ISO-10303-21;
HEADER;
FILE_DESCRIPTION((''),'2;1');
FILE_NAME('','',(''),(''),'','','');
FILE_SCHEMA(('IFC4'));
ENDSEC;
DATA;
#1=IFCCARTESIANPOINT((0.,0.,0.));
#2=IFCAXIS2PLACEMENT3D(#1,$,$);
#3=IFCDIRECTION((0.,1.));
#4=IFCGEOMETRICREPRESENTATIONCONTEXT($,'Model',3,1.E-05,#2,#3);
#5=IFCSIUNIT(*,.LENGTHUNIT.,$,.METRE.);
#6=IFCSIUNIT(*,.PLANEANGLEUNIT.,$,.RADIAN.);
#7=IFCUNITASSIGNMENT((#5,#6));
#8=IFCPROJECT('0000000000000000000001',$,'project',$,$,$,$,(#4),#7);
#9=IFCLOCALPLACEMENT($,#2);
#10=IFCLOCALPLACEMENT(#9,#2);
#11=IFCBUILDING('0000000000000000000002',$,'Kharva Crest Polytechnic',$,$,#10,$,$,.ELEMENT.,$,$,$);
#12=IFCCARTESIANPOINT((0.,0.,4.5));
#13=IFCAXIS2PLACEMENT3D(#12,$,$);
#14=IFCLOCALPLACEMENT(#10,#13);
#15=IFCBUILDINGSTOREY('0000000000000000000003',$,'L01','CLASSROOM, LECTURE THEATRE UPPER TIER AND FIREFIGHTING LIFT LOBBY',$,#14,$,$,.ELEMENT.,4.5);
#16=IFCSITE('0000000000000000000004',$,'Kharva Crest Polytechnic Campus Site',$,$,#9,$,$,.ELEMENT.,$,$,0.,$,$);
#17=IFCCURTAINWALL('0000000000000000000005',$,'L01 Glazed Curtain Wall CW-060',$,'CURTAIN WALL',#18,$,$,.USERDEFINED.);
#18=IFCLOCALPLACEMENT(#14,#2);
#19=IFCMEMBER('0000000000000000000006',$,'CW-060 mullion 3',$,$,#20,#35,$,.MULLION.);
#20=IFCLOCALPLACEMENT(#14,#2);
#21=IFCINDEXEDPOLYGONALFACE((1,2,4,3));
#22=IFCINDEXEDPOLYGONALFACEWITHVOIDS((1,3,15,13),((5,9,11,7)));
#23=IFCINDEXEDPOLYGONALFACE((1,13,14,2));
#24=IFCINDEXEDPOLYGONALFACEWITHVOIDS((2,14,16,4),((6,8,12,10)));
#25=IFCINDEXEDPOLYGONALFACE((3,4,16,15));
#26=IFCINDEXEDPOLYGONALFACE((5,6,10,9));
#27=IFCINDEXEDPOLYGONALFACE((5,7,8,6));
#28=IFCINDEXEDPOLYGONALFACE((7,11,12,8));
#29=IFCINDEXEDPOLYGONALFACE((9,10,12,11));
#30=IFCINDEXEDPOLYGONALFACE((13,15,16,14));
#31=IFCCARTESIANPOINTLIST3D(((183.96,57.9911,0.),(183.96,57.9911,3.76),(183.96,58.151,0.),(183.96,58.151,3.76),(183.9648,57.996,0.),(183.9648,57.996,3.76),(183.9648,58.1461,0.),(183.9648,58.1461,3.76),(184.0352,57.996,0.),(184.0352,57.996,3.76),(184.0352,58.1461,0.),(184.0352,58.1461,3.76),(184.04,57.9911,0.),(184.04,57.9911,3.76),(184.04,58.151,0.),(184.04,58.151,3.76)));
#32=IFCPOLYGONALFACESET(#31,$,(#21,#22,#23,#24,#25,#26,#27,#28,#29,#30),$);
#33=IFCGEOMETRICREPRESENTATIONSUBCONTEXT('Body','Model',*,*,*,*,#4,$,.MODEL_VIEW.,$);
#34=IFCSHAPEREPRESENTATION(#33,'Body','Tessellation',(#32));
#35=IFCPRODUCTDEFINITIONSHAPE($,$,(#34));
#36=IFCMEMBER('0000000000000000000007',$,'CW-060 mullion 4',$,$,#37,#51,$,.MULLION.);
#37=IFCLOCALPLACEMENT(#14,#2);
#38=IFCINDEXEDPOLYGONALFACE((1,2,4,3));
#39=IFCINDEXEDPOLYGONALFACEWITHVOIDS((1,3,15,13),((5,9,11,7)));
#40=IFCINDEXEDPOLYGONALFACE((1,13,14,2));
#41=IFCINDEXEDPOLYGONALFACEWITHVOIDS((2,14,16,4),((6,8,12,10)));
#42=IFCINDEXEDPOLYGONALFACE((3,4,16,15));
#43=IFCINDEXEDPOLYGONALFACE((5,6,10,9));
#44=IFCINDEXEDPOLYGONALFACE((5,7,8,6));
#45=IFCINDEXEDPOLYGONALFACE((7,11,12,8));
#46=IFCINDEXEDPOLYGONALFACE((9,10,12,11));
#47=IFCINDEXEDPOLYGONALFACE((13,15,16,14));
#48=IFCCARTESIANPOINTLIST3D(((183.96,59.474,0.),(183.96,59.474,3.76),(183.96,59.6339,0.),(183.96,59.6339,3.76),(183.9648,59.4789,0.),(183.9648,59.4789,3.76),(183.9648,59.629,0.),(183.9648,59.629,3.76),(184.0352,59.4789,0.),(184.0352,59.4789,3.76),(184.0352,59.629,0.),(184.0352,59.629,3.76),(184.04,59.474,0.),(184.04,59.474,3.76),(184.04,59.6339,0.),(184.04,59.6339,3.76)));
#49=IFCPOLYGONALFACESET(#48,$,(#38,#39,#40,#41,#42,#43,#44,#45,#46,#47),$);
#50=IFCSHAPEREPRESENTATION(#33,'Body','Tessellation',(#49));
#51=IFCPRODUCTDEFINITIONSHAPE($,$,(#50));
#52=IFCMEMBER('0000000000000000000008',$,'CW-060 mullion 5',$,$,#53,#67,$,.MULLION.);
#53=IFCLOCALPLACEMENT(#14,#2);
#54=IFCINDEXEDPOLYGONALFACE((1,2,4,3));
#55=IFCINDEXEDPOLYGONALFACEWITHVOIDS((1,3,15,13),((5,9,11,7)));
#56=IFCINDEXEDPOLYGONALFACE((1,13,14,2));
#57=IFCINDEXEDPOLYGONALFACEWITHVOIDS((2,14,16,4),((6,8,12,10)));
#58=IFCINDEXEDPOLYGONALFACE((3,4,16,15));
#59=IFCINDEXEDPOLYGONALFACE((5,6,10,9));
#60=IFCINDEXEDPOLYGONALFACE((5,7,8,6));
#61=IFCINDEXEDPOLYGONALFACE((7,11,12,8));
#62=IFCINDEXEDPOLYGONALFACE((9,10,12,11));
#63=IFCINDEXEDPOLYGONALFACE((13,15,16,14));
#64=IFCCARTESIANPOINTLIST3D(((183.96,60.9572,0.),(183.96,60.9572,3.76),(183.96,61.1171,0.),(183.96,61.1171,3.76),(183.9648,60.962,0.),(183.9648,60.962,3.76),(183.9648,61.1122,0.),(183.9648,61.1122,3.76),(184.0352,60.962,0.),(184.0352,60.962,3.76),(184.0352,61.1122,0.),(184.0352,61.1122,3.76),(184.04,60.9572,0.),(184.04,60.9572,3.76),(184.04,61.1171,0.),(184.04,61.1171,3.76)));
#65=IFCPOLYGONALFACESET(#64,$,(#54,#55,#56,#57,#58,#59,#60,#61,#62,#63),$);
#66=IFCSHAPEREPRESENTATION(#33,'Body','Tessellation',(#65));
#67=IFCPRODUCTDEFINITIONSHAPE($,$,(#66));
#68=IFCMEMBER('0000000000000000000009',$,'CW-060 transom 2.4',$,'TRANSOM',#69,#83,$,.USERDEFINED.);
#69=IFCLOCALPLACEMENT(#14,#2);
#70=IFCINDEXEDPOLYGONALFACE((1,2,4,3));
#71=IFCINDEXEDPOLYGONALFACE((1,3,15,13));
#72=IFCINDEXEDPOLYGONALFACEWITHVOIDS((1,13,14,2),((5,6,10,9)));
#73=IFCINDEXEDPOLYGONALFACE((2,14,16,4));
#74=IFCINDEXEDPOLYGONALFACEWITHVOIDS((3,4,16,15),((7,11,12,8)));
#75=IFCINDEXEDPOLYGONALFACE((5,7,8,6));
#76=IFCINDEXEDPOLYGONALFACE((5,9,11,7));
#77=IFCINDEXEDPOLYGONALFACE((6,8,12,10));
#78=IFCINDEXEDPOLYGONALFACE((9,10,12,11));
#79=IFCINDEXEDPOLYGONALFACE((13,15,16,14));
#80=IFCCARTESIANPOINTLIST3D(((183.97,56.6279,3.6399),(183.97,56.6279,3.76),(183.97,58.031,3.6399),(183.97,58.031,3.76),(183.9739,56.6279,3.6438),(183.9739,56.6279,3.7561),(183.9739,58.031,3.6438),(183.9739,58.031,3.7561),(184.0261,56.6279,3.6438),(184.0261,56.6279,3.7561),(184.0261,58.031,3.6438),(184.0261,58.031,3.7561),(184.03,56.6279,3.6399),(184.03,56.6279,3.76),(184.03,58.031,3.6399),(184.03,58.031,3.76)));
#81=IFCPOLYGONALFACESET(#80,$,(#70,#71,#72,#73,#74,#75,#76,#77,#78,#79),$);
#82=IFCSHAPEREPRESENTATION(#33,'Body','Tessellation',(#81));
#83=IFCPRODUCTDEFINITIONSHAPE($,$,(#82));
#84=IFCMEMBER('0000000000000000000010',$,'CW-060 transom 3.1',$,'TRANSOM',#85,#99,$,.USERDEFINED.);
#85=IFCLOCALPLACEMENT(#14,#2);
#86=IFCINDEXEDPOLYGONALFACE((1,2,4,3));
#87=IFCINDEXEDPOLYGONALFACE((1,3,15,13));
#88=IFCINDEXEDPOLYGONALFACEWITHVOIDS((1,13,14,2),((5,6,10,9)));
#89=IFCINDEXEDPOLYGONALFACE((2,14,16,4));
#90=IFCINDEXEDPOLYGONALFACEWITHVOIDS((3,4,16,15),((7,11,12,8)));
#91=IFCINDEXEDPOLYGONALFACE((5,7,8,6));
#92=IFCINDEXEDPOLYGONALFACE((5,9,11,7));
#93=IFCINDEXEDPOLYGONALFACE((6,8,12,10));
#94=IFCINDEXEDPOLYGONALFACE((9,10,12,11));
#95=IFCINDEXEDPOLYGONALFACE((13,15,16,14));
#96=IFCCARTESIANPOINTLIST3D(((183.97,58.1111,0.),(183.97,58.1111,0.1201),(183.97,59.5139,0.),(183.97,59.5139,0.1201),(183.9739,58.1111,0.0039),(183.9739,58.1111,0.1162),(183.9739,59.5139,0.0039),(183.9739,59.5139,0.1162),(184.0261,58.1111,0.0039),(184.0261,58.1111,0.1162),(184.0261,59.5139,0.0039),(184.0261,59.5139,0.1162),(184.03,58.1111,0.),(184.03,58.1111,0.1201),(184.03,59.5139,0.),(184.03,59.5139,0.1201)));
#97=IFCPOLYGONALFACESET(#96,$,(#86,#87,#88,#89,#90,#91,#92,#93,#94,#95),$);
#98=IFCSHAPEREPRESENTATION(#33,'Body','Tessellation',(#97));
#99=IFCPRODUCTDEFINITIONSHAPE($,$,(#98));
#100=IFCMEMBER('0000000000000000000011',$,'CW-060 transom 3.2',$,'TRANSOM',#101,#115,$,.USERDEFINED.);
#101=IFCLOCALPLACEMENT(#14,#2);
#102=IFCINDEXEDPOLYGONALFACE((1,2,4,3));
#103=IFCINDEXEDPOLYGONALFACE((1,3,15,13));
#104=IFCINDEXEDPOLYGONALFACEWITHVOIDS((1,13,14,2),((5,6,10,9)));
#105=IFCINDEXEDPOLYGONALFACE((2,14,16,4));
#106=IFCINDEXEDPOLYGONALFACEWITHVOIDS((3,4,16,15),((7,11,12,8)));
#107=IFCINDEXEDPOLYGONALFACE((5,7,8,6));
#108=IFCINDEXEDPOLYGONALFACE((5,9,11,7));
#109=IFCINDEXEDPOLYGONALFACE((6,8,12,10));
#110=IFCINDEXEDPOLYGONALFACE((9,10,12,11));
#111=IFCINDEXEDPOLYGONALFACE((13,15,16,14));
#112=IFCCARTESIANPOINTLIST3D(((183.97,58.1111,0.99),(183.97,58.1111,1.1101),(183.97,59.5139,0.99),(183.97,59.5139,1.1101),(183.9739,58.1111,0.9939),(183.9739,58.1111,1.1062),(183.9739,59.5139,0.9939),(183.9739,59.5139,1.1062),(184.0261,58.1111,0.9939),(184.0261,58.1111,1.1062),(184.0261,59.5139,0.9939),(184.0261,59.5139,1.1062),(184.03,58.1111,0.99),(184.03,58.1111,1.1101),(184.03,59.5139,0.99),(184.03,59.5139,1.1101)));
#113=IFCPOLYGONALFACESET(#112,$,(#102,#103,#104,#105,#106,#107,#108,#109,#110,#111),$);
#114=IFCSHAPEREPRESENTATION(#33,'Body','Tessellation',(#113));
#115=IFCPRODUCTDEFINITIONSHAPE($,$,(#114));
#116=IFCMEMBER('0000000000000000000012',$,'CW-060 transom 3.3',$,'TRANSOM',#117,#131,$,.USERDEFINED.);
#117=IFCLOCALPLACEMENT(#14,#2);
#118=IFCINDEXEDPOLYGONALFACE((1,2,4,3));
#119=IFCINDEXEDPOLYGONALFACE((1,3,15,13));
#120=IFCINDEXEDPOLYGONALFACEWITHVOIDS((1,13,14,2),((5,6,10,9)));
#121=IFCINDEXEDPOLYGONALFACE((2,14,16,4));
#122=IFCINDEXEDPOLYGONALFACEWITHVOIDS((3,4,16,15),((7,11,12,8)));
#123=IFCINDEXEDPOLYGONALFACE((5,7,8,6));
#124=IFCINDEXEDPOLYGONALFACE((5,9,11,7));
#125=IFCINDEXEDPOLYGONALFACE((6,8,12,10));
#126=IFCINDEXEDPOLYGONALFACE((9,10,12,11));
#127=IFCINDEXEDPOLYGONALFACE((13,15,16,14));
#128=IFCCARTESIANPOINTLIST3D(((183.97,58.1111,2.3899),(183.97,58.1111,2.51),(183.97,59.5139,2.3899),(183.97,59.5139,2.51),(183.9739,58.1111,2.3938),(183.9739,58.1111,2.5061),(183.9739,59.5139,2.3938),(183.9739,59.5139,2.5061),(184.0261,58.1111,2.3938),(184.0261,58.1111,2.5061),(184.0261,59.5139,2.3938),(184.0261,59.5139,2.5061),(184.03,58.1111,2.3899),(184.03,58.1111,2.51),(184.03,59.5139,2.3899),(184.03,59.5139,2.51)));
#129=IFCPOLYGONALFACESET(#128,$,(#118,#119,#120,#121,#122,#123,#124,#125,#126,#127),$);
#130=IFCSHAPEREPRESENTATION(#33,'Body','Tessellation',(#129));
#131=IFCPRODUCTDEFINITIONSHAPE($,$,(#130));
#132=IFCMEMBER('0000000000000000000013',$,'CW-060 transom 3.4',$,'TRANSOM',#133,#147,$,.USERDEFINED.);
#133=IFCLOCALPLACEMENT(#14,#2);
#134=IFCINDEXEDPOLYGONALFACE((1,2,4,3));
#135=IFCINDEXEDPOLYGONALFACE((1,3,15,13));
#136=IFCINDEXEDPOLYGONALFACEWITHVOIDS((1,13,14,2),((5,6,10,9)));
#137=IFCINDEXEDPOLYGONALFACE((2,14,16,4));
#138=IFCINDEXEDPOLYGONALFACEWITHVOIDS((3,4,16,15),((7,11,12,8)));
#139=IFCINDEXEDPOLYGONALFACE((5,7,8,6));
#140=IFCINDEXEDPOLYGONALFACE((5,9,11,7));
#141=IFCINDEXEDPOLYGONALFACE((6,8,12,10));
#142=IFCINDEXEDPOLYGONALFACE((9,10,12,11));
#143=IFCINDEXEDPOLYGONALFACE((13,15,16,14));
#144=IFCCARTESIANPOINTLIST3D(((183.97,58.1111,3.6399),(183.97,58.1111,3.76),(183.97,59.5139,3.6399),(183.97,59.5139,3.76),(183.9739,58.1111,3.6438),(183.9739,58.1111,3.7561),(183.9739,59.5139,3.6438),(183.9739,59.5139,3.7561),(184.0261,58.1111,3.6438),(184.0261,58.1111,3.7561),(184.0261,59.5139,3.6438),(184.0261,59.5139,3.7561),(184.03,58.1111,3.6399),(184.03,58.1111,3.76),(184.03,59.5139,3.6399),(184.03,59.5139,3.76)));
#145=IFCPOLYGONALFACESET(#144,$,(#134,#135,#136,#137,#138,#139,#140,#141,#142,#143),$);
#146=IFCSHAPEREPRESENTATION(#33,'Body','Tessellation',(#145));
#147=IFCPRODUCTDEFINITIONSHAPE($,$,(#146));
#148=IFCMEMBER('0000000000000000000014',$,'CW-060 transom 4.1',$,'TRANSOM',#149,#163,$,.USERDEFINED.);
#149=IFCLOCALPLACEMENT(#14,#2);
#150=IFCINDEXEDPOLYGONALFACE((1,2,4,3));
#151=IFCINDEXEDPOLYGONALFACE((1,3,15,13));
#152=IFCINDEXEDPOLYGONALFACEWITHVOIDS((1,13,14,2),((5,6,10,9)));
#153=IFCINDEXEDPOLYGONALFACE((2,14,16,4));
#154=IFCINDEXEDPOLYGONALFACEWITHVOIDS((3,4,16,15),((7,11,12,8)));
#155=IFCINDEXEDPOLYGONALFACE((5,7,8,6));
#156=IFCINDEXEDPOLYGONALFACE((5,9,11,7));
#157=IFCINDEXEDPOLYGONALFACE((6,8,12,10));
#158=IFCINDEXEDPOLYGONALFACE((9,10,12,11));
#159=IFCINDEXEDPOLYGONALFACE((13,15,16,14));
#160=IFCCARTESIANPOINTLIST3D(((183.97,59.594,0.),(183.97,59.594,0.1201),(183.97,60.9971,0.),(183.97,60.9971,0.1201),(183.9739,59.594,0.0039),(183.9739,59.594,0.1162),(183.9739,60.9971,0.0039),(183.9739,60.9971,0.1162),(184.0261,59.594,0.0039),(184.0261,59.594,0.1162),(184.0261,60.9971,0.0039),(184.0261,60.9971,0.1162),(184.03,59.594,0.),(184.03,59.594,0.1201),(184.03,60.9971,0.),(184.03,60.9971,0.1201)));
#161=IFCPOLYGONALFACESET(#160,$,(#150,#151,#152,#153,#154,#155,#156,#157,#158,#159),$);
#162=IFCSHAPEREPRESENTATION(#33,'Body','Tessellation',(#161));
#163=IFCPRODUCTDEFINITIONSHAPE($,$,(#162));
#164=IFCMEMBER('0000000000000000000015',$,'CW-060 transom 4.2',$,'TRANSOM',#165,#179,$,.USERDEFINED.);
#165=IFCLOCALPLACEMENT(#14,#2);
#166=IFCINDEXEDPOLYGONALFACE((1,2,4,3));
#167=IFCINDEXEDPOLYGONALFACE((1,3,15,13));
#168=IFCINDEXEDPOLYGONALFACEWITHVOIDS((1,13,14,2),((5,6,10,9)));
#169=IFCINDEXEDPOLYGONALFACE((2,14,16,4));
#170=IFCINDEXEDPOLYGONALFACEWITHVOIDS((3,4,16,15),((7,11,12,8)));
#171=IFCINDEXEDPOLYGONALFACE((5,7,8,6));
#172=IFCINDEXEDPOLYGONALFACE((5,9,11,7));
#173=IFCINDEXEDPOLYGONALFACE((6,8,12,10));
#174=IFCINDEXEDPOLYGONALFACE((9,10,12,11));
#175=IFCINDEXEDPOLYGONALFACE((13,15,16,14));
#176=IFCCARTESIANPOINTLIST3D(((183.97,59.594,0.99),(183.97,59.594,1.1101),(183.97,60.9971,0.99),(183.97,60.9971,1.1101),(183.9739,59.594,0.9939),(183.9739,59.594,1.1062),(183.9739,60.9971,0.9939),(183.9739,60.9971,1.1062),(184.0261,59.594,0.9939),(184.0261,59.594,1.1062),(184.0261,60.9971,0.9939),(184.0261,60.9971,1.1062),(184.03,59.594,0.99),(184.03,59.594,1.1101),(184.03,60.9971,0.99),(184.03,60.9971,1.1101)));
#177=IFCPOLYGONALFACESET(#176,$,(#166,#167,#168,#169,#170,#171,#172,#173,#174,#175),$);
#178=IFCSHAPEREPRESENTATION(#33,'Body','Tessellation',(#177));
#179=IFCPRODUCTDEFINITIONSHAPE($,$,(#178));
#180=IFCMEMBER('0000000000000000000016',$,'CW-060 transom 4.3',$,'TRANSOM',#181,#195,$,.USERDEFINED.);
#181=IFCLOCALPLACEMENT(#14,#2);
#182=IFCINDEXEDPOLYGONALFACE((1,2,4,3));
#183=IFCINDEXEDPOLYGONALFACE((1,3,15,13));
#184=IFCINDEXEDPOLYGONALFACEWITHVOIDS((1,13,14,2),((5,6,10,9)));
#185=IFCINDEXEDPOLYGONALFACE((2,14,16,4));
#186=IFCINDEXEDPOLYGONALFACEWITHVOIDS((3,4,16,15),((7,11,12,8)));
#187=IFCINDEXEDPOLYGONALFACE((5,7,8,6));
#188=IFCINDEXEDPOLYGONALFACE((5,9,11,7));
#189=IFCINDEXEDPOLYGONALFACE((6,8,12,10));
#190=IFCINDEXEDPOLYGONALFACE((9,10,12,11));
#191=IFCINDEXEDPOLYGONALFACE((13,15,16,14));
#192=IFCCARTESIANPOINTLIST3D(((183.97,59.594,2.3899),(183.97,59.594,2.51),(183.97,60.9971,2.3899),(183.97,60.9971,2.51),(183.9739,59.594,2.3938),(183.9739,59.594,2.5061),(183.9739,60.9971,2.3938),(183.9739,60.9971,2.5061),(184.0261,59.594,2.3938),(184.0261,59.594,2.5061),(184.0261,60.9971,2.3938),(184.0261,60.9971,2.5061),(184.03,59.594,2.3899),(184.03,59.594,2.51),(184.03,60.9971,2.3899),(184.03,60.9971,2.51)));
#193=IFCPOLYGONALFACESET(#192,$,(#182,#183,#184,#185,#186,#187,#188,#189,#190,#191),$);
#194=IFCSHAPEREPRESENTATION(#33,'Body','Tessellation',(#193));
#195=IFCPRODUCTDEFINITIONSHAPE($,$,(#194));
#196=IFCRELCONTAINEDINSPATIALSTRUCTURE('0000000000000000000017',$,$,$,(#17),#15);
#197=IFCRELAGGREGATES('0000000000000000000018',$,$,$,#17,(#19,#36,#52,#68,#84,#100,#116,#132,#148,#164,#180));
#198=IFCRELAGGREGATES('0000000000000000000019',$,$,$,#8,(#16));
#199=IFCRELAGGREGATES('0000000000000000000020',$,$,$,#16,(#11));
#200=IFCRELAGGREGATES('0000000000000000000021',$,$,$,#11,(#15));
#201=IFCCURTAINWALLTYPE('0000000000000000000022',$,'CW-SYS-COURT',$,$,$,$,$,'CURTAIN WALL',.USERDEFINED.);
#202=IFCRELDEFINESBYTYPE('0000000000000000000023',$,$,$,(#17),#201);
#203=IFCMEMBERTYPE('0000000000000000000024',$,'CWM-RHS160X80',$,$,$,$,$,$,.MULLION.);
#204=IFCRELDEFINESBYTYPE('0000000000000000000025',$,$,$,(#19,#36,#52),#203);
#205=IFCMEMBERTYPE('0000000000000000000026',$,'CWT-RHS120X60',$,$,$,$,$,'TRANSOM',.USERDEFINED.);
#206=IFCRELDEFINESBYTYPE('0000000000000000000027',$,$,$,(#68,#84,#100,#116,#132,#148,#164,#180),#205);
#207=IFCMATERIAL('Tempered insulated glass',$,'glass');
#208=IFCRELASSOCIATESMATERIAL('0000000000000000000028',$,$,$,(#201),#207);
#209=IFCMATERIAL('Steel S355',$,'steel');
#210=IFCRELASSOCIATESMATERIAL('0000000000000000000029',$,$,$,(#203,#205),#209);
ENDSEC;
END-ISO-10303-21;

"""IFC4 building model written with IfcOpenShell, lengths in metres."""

from ifc_helpers import new_model, si_unit, direction, frame, origin, origin_2d, place, context, subcontext, project, spatial, hollow_rectangle, extrude, material, material_profile, profile_set, type_object, element, aggregate, save


model = new_model("IFC4")

# Units and contexts
model_context = context("Model", 3, precision=1e-05, world=origin(), true_north=direction((0.0, 1.0)))
body_context = subcontext(model_context, "Body", "Model", "MODEL_VIEW")
ifc_project = project(units=[si_unit("LENGTHUNIT", "METRE"), si_unit("PLANEANGLEUNIT", "RADIAN")], contexts=[model_context])

# Site, building, storey
site_placement = place(None, origin())
site = spatial("IfcSite", under=ifc_project, at=site_placement, Name="Kharva Crest Polytechnic Campus Site", CompositionType="ELEMENT", RefElevation=0.0)
building_placement = place(site_placement, origin())
building = spatial("IfcBuilding", under=site, at=building_placement, Name="Kharva Crest Polytechnic", CompositionType="ELEMENT")
storey_placement = place(building_placement, frame((0.0, 0.0, 4.5)))
storey = spatial("IfcBuildingStorey", under=building, at=storey_placement, Name="L01", Description="CLASSROOM, LECTURE THEATRE UPPER TIER AND FIREFIGHTING LIFT LOBBY", CompositionType="ELEMENT", Elevation=4.5)

# Curtain wall, members
ifc_material_1 = material(Name="Tempered insulated glass", Category="glass")
curtain_wall_type = type_object("IfcCurtainWallType", Name="CW-SYS-COURT", ElementType="CURTAIN WALL", PredefinedType="USERDEFINED", material=ifc_material_1)
curtain_wall_placement = place(storey_placement, origin())
curtain_wall = element("IfcCurtainWall", 1, at=curtain_wall_placement, inside=storey, type_object=curtain_wall_type, Name="L01 Glazed Curtain Wall CW-060", ObjectType="CURTAIN WALL", PredefinedType="USERDEFINED")
ifc_material_2 = material(Name="Steel S355", Category="steel")
ifc_material_profile_1 = material_profile(ifc_material_2, hollow_rectangle(XDim=0.0801, YDim=0.1599, WallThickness=0.0049, at=origin_2d()), Name="RHS 160X80X5.0")
ifc_profile_set_1 = profile_set([ifc_material_profile_1], Name="Steel S355")
member_type_1 = type_object("IfcMemberType", Name="CWM-RHS160X80", PredefinedType="MULLION", material=ifc_profile_set_1)
member_1_placement = place(storey_placement, frame((184.0, 58.071, 0.0), z_axis=(0.0, 0.0, 1.0), x_axis=(-1.0, 0.0, 0.0)))
member_1 = element("IfcMember", 2, at=member_1_placement, type_object=member_type_1, Name="CW-060 mullion 3", PredefinedType="MULLION", context=body_context, shape_type="SweptSolid", body=[
    extrude(hollow_rectangle(XDim=0.0801, YDim=0.1599, WallThickness=0.0049, at=origin_2d()), origin(), (0.0, 0.0, 1.0), 3.76),
])
member_2_placement = place(storey_placement, frame((184.0, 59.554, 0.0), z_axis=(0.0, 0.0, 1.0), x_axis=(-1.0, 0.0, 0.0)))
member_2 = element("IfcMember", 3, at=member_2_placement, type_object=member_type_1, Name="CW-060 mullion 4", PredefinedType="MULLION", context=body_context, shape_type="SweptSolid", body=[
    extrude(hollow_rectangle(XDim=0.0801, YDim=0.1599, WallThickness=0.0049, at=origin_2d()), origin(), (0.0, 0.0, 1.0), 3.76),
])
member_3_placement = place(storey_placement, frame((184.0, 61.0371, 0.0), z_axis=(0.0, 0.0, 1.0), x_axis=(-1.0, 0.0, 0.0)))
member_3 = element("IfcMember", 4, at=member_3_placement, type_object=member_type_1, Name="CW-060 mullion 5", PredefinedType="MULLION", context=body_context, shape_type="SweptSolid", body=[
    extrude(hollow_rectangle(XDim=0.0801, YDim=0.1599, WallThickness=0.0049, at=origin_2d()), origin(), (0.0, 0.0, 1.0), 3.76),
])
ifc_material_profile_2 = material_profile(ifc_material_2, hollow_rectangle(XDim=0.0601, YDim=0.1201, WallThickness=0.0039, at=origin_2d()), Name="RHS 120X60X4.0")
ifc_profile_set_2 = profile_set([ifc_material_profile_2], Name="Steel S355")
member_type_2 = type_object("IfcMemberType", Name="CWT-RHS120X60", ElementType="TRANSOM", PredefinedType="USERDEFINED", material=ifc_profile_set_2)
member_4_placement = place(storey_placement, frame((184.0, 56.6279, 3.7), z_axis=(0.0, 1.0, 0.0), x_axis=(-1.0, 0.0, 0.0)))
member_4 = element("IfcMember", 5, at=member_4_placement, type_object=member_type_2, Name="CW-060 transom 2.4", ObjectType="TRANSOM", PredefinedType="USERDEFINED", context=body_context, shape_type="SweptSolid", body=[
    extrude(hollow_rectangle(XDim=0.0601, YDim=0.1201, WallThickness=0.0039, at=origin_2d()), origin(), (0.0, 0.0, 1.0), 1.4031),
])
member_5_placement = place(storey_placement, frame((184.0, 58.1111, 0.0601), z_axis=(0.0, 1.0, 0.0), x_axis=(-1.0, 0.0, 0.0)))
member_5 = element("IfcMember", 6, at=member_5_placement, type_object=member_type_2, Name="CW-060 transom 3.1", ObjectType="TRANSOM", PredefinedType="USERDEFINED", context=body_context, shape_type="SweptSolid", body=[
    extrude(hollow_rectangle(XDim=0.0601, YDim=0.1201, WallThickness=0.0039, at=origin_2d()), origin(), (0.0, 0.0, 1.0), 1.4028),
])
member_6_placement = place(storey_placement, frame((184.0, 58.1111, 1.05), z_axis=(0.0, 1.0, 0.0), x_axis=(-1.0, 0.0, 0.0)))
member_6 = element("IfcMember", 7, at=member_6_placement, type_object=member_type_2, Name="CW-060 transom 3.2", ObjectType="TRANSOM", PredefinedType="USERDEFINED", context=body_context, shape_type="SweptSolid", body=[
    extrude(hollow_rectangle(XDim=0.0601, YDim=0.1201, WallThickness=0.0039, at=origin_2d()), origin(), (0.0, 0.0, 1.0), 1.4028),
])
member_7_placement = place(storey_placement, frame((184.0, 58.1111, 2.45), z_axis=(0.0, 1.0, 0.0), x_axis=(-1.0, 0.0, 0.0)))
member_7 = element("IfcMember", 8, at=member_7_placement, type_object=member_type_2, Name="CW-060 transom 3.3", ObjectType="TRANSOM", PredefinedType="USERDEFINED", context=body_context, shape_type="SweptSolid", body=[
    extrude(hollow_rectangle(XDim=0.0601, YDim=0.1201, WallThickness=0.0039, at=origin_2d()), origin(), (0.0, 0.0, 1.0), 1.4028),
])
member_8_placement = place(storey_placement, frame((184.0, 58.1111, 3.7), z_axis=(0.0, 1.0, 0.0), x_axis=(-1.0, 0.0, 0.0)))
member_8 = element("IfcMember", 9, at=member_8_placement, type_object=member_type_2, Name="CW-060 transom 3.4", ObjectType="TRANSOM", PredefinedType="USERDEFINED", context=body_context, shape_type="SweptSolid", body=[
    extrude(hollow_rectangle(XDim=0.0601, YDim=0.1201, WallThickness=0.0039, at=origin_2d()), origin(), (0.0, 0.0, 1.0), 1.4028),
])
member_9_placement = place(storey_placement, frame((184.0, 59.594, 0.0601), z_axis=(0.0, 1.0, 0.0), x_axis=(-1.0, 0.0, 0.0)))
member_9 = element("IfcMember", 10, at=member_9_placement, type_object=member_type_2, Name="CW-060 transom 4.1", ObjectType="TRANSOM", PredefinedType="USERDEFINED", context=body_context, shape_type="SweptSolid", body=[
    extrude(hollow_rectangle(XDim=0.0601, YDim=0.1201, WallThickness=0.0039, at=origin_2d()), origin(), (0.0, 0.0, 1.0), 1.4031),
])
member_10_placement = place(storey_placement, frame((184.0, 59.594, 1.05), z_axis=(0.0, 1.0, 0.0), x_axis=(-1.0, 0.0, 0.0)))
member_10 = element("IfcMember", 11, at=member_10_placement, type_object=member_type_2, Name="CW-060 transom 4.2", ObjectType="TRANSOM", PredefinedType="USERDEFINED", context=body_context, shape_type="SweptSolid", body=[
    extrude(hollow_rectangle(XDim=0.0601, YDim=0.1201, WallThickness=0.0039, at=origin_2d()), origin(), (0.0, 0.0, 1.0), 1.4031),
])
member_11_placement = place(storey_placement, frame((184.0, 59.594, 2.45), z_axis=(0.0, 1.0, 0.0), x_axis=(-1.0, 0.0, 0.0)))
member_11 = element("IfcMember", 12, at=member_11_placement, type_object=member_type_2, Name="CW-060 transom 4.3", ObjectType="TRANSOM", PredefinedType="USERDEFINED", context=body_context, shape_type="SweptSolid", body=[
    extrude(hollow_rectangle(XDim=0.0601, YDim=0.1201, WallThickness=0.0039, at=origin_2d()), origin(), (0.0, 0.0, 1.0), 1.4031),
])
aggregate(curtain_wall, [member_1, member_2, member_3, member_4, member_5, member_6, member_7, member_8, member_9, member_10, member_11])

save(model, "model.ifc")
